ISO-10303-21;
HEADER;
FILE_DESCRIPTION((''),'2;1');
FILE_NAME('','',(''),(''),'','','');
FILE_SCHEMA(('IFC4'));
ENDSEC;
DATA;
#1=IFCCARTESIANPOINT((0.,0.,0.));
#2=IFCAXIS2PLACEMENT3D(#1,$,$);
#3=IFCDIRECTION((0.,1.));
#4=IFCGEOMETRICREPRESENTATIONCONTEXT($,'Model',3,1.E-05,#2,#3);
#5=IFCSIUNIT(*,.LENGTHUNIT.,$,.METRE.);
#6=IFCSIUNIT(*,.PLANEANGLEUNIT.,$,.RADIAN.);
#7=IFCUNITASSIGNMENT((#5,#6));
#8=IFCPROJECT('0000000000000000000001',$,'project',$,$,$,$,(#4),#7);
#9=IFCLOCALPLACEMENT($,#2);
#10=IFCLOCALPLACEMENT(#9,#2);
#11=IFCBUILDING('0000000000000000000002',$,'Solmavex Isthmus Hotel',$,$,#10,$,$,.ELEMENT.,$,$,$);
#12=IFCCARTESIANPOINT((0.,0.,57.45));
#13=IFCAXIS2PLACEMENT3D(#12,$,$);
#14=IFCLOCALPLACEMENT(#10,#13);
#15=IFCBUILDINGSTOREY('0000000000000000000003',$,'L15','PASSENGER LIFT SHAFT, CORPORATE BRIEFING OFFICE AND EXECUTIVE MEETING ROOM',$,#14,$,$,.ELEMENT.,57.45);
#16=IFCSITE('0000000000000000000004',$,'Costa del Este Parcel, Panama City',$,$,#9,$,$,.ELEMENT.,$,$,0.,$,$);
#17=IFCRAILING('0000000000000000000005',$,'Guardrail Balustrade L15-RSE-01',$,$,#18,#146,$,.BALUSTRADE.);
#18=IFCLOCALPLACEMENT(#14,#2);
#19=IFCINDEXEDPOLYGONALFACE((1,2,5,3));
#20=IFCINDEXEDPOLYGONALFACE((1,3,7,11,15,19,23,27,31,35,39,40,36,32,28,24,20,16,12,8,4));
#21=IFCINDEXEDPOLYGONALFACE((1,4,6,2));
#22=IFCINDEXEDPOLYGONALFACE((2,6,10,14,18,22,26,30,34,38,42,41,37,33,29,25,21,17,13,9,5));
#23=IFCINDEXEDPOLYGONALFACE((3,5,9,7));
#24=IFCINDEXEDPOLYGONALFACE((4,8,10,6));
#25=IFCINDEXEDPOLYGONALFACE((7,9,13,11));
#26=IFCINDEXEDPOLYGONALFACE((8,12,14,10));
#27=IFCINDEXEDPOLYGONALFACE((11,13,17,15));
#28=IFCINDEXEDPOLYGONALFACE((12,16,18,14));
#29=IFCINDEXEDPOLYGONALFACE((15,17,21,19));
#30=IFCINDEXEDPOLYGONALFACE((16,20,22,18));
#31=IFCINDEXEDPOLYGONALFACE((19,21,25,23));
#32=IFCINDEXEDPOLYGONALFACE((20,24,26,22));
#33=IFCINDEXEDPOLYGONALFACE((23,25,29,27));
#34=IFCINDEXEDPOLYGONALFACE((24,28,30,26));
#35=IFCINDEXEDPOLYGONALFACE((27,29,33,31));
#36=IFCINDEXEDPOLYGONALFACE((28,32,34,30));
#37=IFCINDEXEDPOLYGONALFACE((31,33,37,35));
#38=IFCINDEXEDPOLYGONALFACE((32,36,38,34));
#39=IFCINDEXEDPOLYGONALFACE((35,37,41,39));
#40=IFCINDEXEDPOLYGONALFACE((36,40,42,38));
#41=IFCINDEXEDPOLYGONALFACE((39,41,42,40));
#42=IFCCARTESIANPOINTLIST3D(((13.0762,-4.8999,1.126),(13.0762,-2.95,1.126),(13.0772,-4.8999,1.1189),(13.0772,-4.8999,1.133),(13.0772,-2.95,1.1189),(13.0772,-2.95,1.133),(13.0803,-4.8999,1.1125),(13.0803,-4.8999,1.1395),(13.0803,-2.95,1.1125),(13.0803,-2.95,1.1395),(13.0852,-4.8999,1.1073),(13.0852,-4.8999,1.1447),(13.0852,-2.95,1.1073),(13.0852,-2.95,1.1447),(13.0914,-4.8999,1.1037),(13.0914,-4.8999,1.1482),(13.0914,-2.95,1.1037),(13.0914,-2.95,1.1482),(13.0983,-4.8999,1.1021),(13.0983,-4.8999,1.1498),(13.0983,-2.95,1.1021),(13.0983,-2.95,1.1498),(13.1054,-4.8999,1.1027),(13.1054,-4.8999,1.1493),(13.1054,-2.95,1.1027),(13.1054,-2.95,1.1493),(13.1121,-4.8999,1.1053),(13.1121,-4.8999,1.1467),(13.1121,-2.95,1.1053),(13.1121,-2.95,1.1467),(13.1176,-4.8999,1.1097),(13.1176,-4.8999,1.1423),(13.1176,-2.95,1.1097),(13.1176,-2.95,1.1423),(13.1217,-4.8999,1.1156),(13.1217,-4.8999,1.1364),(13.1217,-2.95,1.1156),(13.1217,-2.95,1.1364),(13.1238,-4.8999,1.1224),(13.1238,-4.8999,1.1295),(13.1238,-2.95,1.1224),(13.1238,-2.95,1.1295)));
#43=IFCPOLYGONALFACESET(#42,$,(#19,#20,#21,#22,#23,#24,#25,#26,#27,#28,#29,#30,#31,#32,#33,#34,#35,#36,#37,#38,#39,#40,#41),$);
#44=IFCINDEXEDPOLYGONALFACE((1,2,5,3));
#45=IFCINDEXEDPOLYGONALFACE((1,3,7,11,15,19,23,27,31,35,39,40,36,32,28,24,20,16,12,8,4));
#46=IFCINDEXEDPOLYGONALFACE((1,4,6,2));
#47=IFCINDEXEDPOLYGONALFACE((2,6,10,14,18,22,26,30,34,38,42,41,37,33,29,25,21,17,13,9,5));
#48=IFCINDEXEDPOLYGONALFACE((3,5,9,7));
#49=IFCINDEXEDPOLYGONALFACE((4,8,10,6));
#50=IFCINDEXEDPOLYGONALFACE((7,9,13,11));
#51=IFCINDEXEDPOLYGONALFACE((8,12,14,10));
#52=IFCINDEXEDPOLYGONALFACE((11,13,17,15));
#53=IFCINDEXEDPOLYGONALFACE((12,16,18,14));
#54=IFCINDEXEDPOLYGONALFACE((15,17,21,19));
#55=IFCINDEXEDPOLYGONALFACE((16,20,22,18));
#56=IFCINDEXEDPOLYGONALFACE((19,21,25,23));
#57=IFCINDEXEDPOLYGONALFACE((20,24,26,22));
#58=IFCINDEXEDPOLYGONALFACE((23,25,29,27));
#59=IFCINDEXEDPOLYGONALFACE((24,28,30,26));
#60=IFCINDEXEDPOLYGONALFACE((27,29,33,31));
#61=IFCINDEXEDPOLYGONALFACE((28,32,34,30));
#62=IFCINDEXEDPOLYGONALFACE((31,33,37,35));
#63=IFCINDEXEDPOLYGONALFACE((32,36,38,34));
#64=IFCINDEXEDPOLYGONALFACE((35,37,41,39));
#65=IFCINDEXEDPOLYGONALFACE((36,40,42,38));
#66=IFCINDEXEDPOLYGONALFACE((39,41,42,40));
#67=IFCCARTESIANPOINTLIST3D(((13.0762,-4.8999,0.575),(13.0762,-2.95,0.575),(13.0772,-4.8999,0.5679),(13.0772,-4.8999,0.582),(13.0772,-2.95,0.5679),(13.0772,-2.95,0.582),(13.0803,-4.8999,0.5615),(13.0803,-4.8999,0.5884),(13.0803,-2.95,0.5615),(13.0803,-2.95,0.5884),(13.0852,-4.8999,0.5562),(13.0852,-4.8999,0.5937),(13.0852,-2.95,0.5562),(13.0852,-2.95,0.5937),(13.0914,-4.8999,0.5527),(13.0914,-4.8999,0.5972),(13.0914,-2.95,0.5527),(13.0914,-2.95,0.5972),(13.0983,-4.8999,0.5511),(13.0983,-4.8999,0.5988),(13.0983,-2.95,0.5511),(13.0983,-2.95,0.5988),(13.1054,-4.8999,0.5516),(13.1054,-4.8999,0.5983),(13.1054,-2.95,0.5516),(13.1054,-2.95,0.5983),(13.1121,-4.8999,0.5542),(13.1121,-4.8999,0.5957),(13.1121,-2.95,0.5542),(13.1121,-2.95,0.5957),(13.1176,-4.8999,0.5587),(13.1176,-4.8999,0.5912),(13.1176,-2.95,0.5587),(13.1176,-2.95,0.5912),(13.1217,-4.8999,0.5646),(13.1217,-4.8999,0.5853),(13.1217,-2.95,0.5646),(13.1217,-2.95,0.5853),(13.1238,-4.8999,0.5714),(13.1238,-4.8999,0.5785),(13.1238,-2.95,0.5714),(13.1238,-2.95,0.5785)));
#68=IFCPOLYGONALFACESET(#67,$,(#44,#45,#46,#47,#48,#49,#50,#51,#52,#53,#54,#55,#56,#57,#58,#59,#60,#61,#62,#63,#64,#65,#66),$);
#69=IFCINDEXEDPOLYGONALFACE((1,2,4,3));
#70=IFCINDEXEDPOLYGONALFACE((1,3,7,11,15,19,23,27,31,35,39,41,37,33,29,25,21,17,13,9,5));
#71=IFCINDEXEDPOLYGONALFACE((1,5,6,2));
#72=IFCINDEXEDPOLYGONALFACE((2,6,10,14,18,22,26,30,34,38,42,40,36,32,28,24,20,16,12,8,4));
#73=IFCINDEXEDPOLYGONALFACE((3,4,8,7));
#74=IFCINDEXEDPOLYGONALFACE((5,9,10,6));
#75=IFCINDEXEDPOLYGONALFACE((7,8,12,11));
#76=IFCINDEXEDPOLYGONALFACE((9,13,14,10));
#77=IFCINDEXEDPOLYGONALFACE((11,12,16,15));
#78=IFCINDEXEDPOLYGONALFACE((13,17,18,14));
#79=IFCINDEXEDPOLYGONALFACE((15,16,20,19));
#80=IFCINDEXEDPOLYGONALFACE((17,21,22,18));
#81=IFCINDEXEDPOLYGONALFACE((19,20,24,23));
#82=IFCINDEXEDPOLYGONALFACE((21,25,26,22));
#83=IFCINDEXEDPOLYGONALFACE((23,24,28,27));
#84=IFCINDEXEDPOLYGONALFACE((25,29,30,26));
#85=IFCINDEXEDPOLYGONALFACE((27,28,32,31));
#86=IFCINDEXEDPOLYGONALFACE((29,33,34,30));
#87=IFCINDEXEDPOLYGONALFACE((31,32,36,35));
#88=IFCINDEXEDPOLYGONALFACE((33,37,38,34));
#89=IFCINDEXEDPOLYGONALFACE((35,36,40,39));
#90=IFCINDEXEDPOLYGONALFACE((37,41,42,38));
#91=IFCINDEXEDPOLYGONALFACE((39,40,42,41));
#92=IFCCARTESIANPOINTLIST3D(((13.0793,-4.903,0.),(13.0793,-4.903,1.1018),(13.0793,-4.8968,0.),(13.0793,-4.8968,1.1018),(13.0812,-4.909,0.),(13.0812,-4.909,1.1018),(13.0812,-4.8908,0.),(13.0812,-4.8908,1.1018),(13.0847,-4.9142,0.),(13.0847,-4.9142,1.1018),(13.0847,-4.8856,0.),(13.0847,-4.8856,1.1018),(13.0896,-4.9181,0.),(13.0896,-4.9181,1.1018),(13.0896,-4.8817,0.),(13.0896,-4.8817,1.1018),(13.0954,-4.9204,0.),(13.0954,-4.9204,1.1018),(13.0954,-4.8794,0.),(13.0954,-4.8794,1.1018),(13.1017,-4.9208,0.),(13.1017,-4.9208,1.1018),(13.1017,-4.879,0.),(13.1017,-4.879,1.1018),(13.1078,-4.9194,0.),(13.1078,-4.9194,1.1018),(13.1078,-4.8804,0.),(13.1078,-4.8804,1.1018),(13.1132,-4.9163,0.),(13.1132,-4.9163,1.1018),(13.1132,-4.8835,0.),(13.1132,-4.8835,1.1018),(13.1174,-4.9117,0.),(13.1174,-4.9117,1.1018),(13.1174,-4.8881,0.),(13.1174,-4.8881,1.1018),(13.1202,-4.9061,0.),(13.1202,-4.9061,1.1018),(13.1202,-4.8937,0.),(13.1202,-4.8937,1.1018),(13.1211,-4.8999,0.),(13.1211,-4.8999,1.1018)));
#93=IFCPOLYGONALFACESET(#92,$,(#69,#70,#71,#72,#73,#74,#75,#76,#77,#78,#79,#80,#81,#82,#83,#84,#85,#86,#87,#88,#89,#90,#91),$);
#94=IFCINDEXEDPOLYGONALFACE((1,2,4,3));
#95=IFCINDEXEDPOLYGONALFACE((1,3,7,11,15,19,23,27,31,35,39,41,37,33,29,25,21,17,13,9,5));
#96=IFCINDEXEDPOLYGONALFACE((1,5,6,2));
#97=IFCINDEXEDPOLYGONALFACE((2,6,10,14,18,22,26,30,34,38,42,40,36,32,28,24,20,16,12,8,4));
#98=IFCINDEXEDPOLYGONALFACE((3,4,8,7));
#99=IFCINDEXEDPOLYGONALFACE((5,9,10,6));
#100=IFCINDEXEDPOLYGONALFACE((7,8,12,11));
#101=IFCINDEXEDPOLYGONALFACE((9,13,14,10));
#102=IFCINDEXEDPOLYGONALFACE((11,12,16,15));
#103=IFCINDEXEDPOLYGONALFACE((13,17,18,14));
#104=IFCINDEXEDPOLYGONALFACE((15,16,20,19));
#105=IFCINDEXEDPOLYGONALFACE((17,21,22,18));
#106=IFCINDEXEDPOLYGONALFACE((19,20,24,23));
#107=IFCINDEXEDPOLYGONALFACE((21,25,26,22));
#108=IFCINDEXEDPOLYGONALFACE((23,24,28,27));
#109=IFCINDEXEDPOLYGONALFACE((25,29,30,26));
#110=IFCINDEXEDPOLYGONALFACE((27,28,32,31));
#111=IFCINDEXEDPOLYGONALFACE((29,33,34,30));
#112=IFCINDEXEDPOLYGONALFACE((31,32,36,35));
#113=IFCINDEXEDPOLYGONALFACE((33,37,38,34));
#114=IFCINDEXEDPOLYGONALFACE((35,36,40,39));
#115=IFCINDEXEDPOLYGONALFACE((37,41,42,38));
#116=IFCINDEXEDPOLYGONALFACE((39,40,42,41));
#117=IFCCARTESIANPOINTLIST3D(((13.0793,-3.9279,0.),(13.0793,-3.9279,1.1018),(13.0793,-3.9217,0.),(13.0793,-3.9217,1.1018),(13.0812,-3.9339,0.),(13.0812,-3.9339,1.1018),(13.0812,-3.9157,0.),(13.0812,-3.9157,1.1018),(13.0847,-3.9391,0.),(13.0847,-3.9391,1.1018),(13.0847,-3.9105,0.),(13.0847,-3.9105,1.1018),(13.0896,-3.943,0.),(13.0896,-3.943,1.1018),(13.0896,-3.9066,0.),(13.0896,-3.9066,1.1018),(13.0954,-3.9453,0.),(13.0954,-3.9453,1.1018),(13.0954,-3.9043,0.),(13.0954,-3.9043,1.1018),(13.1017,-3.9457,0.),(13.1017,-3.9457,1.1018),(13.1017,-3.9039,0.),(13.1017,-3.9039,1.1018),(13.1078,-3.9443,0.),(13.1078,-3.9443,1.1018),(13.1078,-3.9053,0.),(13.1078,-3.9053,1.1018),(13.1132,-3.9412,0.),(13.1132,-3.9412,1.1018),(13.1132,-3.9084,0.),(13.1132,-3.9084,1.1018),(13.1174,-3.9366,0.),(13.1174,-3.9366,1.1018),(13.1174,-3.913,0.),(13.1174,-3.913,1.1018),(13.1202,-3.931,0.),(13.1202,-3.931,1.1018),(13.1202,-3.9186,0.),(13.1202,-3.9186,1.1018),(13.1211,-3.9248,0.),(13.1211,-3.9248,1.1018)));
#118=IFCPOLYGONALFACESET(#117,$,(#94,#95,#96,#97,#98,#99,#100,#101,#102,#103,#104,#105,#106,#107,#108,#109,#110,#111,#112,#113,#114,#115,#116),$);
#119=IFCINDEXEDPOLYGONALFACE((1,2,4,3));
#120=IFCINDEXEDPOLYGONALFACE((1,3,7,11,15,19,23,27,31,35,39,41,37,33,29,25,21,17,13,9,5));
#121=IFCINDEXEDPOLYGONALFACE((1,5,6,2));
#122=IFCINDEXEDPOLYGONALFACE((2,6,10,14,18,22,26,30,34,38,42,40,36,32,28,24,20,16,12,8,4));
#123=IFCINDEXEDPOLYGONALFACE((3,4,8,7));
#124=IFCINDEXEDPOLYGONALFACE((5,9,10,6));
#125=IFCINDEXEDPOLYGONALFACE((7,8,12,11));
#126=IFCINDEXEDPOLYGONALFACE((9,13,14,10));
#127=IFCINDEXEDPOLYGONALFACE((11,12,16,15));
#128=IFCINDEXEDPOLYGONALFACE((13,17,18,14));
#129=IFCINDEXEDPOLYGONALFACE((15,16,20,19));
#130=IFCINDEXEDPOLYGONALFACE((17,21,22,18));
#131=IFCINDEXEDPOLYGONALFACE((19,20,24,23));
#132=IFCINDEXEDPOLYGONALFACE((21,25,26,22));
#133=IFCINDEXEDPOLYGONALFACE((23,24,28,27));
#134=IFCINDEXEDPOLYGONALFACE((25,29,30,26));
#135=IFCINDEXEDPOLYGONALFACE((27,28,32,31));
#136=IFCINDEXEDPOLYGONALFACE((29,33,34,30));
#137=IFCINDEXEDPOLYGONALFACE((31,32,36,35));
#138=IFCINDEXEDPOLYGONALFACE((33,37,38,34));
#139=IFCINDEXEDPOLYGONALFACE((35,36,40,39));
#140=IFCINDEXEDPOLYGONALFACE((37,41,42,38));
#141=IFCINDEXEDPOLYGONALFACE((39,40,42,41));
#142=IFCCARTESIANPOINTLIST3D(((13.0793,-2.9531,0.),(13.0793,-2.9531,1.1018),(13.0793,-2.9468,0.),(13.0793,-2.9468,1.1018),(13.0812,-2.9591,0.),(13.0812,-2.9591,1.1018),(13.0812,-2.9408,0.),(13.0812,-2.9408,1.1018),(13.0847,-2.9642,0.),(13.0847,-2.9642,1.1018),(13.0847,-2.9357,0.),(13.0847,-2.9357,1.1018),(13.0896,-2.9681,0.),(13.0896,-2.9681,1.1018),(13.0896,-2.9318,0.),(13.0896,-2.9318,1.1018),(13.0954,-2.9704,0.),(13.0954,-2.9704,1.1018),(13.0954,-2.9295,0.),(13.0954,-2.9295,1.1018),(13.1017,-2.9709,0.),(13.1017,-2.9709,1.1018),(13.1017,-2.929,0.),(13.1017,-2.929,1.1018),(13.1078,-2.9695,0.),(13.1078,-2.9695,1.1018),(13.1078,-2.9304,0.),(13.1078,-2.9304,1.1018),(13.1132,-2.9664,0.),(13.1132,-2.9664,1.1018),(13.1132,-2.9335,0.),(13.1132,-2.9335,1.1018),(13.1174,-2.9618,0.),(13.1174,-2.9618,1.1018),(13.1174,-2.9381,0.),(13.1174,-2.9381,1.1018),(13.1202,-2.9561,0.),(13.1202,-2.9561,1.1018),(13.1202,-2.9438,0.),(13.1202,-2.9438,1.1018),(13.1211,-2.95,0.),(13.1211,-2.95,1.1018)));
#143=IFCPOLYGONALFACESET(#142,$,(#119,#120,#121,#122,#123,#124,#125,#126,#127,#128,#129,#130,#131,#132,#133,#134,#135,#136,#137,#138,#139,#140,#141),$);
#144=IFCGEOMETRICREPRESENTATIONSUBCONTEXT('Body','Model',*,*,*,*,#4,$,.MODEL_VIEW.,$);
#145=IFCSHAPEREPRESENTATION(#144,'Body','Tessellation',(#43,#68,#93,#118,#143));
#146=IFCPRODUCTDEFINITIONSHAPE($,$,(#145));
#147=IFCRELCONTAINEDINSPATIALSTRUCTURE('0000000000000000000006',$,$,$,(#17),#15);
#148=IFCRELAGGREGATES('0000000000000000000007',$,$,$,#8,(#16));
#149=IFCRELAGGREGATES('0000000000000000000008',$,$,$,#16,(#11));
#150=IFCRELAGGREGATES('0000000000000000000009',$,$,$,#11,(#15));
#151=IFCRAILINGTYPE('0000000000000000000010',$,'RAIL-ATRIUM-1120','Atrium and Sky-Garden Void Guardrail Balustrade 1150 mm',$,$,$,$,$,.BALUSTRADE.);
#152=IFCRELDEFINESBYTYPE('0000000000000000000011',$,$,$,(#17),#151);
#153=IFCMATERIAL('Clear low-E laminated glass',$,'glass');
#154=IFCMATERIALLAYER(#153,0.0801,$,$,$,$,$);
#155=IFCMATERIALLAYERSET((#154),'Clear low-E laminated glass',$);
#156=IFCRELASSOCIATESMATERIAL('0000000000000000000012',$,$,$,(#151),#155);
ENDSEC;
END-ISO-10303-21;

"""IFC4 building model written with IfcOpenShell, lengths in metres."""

from ifc_helpers import new_model, si_unit, direction, frame, origin, origin_2d, place, context, subcontext, project, spatial, circle, extrude, material, layer, layer_set, type_object, element, save


model = new_model("IFC4")

# Units and contexts
model_context = context("Model", 3, precision=1e-05, world=origin(), true_north=direction((0.0, 1.0)))
body_context = subcontext(model_context, "Body", "Model", "MODEL_VIEW")
ifc_project = project(units=[si_unit("LENGTHUNIT", "METRE"), si_unit("PLANEANGLEUNIT", "RADIAN")], contexts=[model_context])

# Site, building, storey
site_placement = place(None, origin())
site = spatial("IfcSite", under=ifc_project, at=site_placement, Name="Costa del Este Parcel, Panama City", CompositionType="ELEMENT", RefElevation=0.0)
building_placement = place(site_placement, origin())
building = spatial("IfcBuilding", under=site, at=building_placement, Name="Solmavex Isthmus Hotel", CompositionType="ELEMENT")
storey_placement = place(building_placement, frame((0.0, 0.0, 57.45)))
storey = spatial("IfcBuildingStorey", under=building, at=storey_placement, Name="L15", Description="PASSENGER LIFT SHAFT, CORPORATE BRIEFING OFFICE AND EXECUTIVE MEETING ROOM", CompositionType="ELEMENT", Elevation=57.45)

# Railing
ifc_material_1 = material(Name="Clear low-E laminated glass", Category="glass")
ifc_layer_1 = layer(ifc_material_1, 0.0801)
ifc_layer_set_1 = layer_set([ifc_layer_1], Name="Clear low-E laminated glass")
railing_type_1 = type_object("IfcRailingType", Name="RAIL-ATRIUM-1120", Description="Atrium and Sky-Garden Void Guardrail Balustrade 1150 mm", PredefinedType="BALUSTRADE", material=ifc_layer_set_1)
railing_1_placement = place(storey_placement, frame((13.1001, -4.8999, 0.0)))
element("IfcRailing", 1, at=railing_1_placement, inside=storey, type_object=railing_type_1, Name="Guardrail Balustrade L15-RSE-01", PredefinedType="BALUSTRADE", context=body_context, shape_type="SweptSolid", body=[
    extrude(circle(Radius=0.0239, at=origin_2d()), frame((0.0, 0.0, 1.126), z_axis=(0.0, 1.0, 0.0), x_axis=(-1.0, 0.0, 0.0)), (0.0, 0.0, 1.0), 1.95),
    extrude(circle(Radius=0.0239, at=origin_2d()), frame((0.0, 0.0, 0.575), z_axis=(0.0, 1.0, 0.0), x_axis=(-1.0, 0.0, 0.0)), (0.0, 0.0, 1.0), 1.95),
    extrude(circle(Radius=0.021, at=origin_2d()), origin(), (0.0, 0.0, 1.0), 1.1018),
    extrude(circle(Radius=0.021, at=origin_2d()), frame((0.0, 0.9751, 0.0)), (0.0, 0.0, 1.0), 1.1018),
    extrude(circle(Radius=0.021, at=origin_2d()), frame((0.0, 1.95, 0.0)), (0.0, 0.0, 1.0), 1.1018),
])

save(model, "model.ifc")
